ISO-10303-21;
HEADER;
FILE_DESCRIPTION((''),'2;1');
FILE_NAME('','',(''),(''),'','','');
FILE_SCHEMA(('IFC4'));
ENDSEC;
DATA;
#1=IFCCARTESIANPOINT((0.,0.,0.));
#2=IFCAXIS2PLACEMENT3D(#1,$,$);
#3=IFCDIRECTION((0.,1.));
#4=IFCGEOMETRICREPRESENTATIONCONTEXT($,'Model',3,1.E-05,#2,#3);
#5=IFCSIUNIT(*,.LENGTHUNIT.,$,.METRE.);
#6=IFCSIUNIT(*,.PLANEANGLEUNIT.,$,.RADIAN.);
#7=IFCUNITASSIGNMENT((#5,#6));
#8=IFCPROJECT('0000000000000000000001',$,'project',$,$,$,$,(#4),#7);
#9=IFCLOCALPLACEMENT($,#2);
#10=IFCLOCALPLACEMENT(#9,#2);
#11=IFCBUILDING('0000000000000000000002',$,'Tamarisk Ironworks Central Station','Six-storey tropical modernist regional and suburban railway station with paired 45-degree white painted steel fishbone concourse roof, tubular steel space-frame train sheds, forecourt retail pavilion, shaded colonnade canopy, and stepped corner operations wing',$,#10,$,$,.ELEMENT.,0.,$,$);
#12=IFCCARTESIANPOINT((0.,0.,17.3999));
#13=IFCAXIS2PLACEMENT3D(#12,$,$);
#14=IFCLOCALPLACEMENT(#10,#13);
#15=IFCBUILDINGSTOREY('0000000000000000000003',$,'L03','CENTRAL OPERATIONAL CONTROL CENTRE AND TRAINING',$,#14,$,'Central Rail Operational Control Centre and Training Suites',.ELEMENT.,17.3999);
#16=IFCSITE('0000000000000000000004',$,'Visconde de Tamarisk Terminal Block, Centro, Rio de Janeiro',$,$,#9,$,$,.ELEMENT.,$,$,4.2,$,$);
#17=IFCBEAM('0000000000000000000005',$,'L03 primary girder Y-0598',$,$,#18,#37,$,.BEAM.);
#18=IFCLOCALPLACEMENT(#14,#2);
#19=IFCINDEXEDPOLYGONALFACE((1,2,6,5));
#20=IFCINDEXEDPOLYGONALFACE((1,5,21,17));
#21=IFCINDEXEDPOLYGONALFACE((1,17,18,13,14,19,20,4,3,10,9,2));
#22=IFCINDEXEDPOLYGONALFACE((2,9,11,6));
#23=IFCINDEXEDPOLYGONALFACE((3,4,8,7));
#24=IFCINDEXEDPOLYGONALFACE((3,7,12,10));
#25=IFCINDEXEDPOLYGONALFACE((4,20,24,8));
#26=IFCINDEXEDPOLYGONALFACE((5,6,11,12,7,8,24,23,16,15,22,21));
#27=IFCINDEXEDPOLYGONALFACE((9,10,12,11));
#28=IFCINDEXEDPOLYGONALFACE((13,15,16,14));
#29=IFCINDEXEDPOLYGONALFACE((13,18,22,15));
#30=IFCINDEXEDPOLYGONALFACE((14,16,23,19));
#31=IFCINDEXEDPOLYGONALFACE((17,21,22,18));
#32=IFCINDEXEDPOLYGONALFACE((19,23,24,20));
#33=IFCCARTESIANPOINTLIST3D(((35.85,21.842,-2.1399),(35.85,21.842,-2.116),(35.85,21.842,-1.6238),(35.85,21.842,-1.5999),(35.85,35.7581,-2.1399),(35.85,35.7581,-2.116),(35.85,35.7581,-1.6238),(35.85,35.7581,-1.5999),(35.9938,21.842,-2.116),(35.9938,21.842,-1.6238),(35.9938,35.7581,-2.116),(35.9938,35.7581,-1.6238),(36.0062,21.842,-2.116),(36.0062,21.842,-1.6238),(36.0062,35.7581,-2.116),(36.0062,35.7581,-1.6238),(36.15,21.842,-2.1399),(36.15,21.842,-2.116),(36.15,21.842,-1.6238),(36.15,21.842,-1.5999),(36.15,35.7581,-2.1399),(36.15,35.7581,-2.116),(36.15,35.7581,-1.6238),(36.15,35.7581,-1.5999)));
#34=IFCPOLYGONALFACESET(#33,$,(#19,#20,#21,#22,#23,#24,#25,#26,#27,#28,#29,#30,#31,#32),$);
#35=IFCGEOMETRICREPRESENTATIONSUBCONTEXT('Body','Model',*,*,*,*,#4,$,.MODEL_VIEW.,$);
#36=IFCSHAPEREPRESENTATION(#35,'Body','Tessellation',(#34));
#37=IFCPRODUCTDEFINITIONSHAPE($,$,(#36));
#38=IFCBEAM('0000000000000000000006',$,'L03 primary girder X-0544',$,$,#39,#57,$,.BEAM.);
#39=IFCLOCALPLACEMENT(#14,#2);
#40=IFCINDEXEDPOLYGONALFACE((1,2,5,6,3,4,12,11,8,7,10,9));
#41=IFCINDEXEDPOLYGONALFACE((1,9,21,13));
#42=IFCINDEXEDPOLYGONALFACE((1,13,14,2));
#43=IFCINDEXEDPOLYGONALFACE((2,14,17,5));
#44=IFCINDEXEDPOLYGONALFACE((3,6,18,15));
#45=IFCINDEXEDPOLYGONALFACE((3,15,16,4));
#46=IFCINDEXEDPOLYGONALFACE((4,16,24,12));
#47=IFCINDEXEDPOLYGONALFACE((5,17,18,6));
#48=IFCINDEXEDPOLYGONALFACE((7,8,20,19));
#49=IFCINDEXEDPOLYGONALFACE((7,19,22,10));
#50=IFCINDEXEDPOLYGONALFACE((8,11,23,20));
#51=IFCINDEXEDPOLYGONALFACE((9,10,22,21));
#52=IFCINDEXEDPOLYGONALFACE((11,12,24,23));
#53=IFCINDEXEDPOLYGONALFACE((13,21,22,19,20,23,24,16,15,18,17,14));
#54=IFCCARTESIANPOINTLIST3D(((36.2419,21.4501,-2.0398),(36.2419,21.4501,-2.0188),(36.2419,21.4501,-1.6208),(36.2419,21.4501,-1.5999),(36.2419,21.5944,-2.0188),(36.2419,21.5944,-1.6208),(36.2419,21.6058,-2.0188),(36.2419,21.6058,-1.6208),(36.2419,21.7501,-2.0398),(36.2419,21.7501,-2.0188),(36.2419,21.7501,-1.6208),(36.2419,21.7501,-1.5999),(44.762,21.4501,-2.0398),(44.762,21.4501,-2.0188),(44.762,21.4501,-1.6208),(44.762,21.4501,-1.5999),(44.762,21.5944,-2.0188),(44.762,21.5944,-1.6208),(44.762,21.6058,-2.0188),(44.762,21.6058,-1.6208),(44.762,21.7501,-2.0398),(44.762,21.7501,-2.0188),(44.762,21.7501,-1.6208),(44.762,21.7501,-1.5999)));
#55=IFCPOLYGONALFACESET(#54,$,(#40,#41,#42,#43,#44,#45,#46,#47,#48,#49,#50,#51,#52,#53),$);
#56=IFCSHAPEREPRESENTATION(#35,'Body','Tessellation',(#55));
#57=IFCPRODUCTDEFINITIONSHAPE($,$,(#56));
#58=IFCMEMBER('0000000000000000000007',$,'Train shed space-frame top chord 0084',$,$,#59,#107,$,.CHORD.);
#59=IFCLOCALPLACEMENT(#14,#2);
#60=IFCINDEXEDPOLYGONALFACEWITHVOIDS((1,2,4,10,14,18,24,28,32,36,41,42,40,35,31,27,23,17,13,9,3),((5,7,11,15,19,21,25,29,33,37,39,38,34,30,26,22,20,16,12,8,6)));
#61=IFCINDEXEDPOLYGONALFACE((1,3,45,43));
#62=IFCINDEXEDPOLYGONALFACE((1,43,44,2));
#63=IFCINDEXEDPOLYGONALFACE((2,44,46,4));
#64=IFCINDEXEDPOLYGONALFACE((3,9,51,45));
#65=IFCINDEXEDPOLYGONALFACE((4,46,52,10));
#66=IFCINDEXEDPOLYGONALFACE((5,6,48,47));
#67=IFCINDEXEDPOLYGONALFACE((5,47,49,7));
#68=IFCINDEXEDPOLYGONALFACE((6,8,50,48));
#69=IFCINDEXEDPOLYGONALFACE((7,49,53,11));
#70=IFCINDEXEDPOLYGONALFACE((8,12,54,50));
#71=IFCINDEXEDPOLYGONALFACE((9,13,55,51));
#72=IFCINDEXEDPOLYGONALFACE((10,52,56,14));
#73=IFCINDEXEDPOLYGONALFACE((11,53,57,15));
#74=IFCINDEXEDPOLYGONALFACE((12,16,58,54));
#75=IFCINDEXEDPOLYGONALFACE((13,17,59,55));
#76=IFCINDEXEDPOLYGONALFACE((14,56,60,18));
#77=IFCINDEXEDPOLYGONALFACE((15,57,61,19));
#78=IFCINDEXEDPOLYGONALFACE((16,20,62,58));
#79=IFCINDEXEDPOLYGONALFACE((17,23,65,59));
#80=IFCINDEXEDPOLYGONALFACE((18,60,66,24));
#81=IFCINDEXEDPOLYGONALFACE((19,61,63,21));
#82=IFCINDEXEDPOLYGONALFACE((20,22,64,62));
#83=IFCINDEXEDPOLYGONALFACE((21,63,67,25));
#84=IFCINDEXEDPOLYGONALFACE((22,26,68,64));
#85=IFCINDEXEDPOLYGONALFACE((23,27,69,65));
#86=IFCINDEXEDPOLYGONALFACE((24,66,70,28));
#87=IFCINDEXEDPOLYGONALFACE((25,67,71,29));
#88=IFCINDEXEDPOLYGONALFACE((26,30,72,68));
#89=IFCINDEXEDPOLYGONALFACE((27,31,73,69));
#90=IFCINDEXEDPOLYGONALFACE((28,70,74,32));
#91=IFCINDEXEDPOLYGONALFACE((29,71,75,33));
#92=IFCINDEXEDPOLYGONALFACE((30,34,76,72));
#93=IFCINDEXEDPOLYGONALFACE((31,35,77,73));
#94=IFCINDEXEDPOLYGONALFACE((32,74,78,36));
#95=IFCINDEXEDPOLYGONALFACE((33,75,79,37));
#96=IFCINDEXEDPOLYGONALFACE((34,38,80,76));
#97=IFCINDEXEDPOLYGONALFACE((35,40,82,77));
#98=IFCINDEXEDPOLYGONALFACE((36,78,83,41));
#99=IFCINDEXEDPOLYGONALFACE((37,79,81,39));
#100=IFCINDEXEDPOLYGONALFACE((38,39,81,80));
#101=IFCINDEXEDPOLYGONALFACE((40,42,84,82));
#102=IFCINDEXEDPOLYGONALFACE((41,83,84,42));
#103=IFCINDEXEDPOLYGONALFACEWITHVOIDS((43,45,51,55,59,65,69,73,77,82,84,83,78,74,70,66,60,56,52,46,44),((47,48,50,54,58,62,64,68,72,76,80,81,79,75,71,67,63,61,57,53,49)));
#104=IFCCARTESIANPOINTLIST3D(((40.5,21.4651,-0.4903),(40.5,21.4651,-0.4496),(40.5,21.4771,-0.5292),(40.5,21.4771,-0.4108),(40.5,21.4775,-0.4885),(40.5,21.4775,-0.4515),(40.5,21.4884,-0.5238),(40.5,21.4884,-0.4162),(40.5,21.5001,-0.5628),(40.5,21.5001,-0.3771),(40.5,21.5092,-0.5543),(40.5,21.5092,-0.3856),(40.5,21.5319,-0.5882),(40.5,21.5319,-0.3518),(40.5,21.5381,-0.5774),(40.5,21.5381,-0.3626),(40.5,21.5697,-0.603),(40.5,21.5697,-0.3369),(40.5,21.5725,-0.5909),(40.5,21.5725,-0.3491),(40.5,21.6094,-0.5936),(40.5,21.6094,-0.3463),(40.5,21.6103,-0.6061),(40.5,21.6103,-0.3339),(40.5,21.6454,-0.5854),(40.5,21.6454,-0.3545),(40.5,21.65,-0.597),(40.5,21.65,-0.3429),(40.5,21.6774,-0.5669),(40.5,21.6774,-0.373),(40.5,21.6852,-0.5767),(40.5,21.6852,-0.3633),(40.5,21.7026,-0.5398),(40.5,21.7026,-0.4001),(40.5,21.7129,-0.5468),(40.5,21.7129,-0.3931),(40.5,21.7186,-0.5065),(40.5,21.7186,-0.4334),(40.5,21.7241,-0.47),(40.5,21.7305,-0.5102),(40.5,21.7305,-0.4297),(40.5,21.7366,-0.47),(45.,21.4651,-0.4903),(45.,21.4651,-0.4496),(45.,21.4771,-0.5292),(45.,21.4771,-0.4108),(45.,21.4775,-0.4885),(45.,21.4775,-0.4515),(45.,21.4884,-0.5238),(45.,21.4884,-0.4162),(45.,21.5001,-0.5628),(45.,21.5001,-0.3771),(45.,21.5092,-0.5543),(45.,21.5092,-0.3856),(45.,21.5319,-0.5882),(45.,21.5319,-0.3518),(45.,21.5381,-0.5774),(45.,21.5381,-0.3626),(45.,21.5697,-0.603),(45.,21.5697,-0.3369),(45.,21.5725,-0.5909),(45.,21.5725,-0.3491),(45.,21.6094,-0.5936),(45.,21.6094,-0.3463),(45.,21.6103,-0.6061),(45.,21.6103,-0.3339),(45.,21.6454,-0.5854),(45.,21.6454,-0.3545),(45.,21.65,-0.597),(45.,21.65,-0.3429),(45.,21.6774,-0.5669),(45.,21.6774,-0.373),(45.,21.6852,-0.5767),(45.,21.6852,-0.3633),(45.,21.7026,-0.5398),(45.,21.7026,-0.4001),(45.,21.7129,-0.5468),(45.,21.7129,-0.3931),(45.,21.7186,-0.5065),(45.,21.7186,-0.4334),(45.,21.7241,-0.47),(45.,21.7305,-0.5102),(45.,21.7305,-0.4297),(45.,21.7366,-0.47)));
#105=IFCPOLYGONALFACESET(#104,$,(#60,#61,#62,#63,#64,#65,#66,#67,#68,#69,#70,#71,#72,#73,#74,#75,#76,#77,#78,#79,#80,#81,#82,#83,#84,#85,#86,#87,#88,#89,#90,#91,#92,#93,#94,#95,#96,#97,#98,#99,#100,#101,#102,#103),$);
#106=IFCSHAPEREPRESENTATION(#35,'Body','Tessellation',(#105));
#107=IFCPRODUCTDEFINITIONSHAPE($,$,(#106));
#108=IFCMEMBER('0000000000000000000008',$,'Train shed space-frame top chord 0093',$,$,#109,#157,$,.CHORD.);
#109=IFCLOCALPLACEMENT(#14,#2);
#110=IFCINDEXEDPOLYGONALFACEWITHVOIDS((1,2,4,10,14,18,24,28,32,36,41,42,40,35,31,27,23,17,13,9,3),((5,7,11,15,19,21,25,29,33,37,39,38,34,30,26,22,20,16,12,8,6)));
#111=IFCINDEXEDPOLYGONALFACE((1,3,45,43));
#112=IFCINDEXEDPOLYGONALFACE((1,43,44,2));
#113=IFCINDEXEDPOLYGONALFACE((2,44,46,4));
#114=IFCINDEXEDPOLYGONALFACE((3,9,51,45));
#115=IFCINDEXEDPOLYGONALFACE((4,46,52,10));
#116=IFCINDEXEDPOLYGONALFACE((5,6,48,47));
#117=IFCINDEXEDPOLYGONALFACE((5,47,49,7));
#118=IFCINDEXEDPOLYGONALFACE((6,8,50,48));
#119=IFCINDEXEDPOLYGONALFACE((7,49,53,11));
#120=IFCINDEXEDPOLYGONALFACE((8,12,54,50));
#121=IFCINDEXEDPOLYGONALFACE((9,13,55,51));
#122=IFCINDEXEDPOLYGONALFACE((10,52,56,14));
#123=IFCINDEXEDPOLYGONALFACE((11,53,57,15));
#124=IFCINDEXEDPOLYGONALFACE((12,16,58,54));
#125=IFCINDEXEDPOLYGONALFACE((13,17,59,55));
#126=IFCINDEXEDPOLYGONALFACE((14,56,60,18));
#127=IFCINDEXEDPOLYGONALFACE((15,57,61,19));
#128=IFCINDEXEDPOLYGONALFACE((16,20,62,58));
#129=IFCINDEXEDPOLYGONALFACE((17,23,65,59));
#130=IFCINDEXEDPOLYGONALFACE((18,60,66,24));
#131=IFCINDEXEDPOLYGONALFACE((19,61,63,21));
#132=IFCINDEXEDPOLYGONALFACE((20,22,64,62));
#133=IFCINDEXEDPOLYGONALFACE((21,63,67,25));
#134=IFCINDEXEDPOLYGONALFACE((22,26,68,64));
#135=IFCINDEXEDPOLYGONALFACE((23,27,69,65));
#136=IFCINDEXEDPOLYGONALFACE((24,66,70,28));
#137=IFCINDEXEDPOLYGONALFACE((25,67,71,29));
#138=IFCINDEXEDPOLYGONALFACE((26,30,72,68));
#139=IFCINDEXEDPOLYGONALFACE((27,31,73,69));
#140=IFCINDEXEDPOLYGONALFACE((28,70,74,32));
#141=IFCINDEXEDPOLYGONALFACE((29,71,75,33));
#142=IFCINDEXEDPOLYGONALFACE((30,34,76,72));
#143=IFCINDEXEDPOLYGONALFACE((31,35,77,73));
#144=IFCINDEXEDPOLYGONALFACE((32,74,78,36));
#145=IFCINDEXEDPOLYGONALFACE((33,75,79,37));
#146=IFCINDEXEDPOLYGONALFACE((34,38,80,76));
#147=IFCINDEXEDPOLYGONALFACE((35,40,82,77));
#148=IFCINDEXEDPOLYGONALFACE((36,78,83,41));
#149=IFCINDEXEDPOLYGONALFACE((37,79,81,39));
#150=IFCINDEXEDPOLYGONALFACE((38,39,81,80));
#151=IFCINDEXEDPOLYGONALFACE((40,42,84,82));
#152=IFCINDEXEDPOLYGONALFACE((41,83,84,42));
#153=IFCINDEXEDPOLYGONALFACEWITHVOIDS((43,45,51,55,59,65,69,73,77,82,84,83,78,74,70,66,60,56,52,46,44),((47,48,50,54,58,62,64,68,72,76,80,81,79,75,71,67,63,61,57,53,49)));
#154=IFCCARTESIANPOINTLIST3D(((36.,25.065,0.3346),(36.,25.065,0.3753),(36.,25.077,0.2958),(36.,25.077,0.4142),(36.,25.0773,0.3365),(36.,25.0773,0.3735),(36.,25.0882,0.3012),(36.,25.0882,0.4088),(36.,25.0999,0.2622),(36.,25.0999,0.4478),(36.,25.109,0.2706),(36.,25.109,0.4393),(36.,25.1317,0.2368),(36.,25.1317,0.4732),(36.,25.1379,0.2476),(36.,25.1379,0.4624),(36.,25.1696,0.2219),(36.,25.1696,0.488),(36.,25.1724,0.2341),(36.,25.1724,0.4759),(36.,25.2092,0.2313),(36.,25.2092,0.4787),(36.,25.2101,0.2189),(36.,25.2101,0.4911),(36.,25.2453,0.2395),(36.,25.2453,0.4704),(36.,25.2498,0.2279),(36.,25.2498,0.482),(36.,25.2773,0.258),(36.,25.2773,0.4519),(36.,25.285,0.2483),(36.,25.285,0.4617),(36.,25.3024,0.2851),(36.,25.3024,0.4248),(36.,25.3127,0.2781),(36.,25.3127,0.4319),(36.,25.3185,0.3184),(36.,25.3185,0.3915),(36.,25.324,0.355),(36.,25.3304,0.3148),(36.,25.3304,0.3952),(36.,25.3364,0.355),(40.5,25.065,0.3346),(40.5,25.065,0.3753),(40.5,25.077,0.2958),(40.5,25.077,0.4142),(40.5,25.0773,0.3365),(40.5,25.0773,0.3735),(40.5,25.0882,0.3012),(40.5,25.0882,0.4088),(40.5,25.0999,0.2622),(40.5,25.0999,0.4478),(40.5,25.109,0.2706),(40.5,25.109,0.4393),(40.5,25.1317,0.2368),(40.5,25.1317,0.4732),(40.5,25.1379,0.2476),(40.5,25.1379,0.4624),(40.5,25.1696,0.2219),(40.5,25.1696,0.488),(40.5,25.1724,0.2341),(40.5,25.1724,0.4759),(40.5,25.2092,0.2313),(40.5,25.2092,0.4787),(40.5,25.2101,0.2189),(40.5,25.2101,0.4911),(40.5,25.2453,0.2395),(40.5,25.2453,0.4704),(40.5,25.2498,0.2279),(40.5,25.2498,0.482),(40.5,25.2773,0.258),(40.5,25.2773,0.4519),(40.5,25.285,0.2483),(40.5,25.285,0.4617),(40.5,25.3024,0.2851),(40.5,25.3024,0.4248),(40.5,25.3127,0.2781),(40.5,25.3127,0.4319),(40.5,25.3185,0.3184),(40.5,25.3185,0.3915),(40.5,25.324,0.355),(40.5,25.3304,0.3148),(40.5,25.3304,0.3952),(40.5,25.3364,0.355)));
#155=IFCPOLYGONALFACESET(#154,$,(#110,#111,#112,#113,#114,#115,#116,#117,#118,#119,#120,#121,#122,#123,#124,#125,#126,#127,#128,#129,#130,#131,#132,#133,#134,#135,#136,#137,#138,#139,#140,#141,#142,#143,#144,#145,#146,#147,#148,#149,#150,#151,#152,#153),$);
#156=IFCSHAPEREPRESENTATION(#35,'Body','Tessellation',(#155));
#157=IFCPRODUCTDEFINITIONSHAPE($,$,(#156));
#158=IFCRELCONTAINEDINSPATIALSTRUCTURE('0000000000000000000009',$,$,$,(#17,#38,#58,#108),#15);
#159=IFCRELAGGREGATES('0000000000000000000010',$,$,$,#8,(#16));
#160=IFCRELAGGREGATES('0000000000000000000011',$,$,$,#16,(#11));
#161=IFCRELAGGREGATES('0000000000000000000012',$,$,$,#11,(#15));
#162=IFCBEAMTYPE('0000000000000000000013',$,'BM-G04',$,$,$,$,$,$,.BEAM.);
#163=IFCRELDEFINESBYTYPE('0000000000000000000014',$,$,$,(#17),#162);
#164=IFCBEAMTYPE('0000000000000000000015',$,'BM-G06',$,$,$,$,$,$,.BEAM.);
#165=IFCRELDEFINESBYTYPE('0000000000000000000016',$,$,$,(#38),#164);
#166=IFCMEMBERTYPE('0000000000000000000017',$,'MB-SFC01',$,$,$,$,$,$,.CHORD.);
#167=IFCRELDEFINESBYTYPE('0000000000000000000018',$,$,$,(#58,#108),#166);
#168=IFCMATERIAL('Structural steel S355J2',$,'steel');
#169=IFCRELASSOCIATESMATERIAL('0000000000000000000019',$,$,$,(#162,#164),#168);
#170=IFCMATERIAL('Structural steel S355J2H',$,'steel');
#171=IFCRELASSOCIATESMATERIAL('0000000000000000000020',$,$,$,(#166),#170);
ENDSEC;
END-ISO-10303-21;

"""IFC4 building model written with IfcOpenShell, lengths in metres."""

from ifc_helpers import new_model, si_unit, direction, frame, origin, origin_2d, place, context, subcontext, project, spatial, hollow_circle, i_section, extrude, material, material_profile, profile_set, type_object, element, save


model = new_model("IFC4")

# Units and contexts
model_context = context("Model", 3, precision=1e-05, world=origin(), true_north=direction((0.0, 1.0)))
body_context = subcontext(model_context, "Body", "Model", "MODEL_VIEW")
ifc_project = project(units=[si_unit("LENGTHUNIT", "METRE"), si_unit("PLANEANGLEUNIT", "RADIAN")], contexts=[model_context])

# Site, building, storey
site_placement = place(None, origin())
site = spatial("IfcSite", under=ifc_project, at=site_placement, Name="Visconde de Tamarisk Terminal Block, Centro, Rio de Janeiro", CompositionType="ELEMENT", RefElevation=4.2)
building_placement = place(site_placement, origin())
building = spatial("IfcBuilding", under=site, at=building_placement, Name="Tamarisk Ironworks Central Station", Description="Six-storey tropical modernist regional and suburban railway station with paired 45-degree white painted steel fishbone concourse roof, tubular steel space-frame train sheds, forecourt retail pavilion, shaded colonnade canopy, and stepped corner operations wing", CompositionType="ELEMENT", ElevationOfRefHeight=0.0)
storey_placement = place(building_placement, frame((0.0, 0.0, 17.3999)))
storey = spatial("IfcBuildingStorey", under=building, at=storey_placement, Name="L03", Description="CENTRAL OPERATIONAL CONTROL CENTRE AND TRAINING", LongName="Central Rail Operational Control Centre and Training Suites", CompositionType="ELEMENT", Elevation=17.3999)

# Beams
ifc_material_1 = material(Name="Structural steel S355J2", Category="steel")
ifc_material_profile_1 = material_profile(ifc_material_1, i_section(OverallWidth=0.3, OverallDepth=0.54, WebThickness=0.0125, FlangeThickness=0.0239, at=origin_2d()), Name="HEA 550")
ifc_profile_set_1 = profile_set([ifc_material_profile_1], Name="Structural steel S355J2")
beam_type_1 = type_object("IfcBeamType", Name="BM-G04", PredefinedType="BEAM", material=ifc_profile_set_1)
beam_1_placement = place(storey_placement, frame((36.0, 21.842, -1.8699), z_axis=(0.0, 1.0, 0.0), x_axis=(-1.0, 0.0, 0.0)))
element("IfcBeam", 1, at=beam_1_placement, inside=storey, type_object=beam_type_1, Name="L03 primary girder Y-0598", PredefinedType="BEAM", context=body_context, shape_type="SweptSolid", body=[
    extrude(i_section(OverallWidth=0.3, OverallDepth=0.54, WebThickness=0.0125, FlangeThickness=0.0239, at=origin_2d()), origin(), (0.0, 0.0, 1.0), 13.916),
])
ifc_material_profile_2 = material_profile(ifc_material_1, i_section(OverallWidth=0.3, OverallDepth=0.4399, WebThickness=0.0115, FlangeThickness=0.021, at=origin_2d()), Name="HEA 450")
ifc_profile_set_2 = profile_set([ifc_material_profile_2], Name="Structural steel S355J2")
beam_type_2 = type_object("IfcBeamType", Name="BM-G06", PredefinedType="BEAM", material=ifc_profile_set_2)
beam_2_placement = place(storey_placement, frame((36.2419, 21.6001, -1.8198), z_axis=(1.0, 0.0, 0.0), x_axis=(0.0, 1.0, 0.0)))
element("IfcBeam", 2, at=beam_2_placement, inside=storey, type_object=beam_type_2, Name="L03 primary girder X-0544", PredefinedType="BEAM", context=body_context, shape_type="SweptSolid", body=[
    extrude(i_section(OverallWidth=0.3, OverallDepth=0.4399, WebThickness=0.0115, FlangeThickness=0.021, at=origin_2d()), origin(), (0.0, 0.0, 1.0), 8.52),
])

# Members
ifc_material_2 = material(Name="Structural steel S355J2H", Category="steel")
ifc_material_profile_3 = material_profile(ifc_material_2, hollow_circle(Radius=0.1365, WallThickness=0.0125, at=origin_2d()), Name="CHS 273x12.5")
ifc_profile_set_3 = profile_set([ifc_material_profile_3], Name="Structural steel S355J2H")
member_type_1 = type_object("IfcMemberType", Name="MB-SFC01", PredefinedType="CHORD", material=ifc_profile_set_3)
for number, where, z_axis, x_axis, name in (
    (3, (40.5, 21.6001, -0.47), (1.0, 0.0, 0.0), (0.0, 1.0, 0.0), "Train shed space-frame top chord 0084"),
    (4, (36.0, 25.2, 0.355), (1.0, 0.0, 0.0), (0.0, 1.0, 0.0), "Train shed space-frame top chord 0093"),
):
    element("IfcMember", number, at=place(storey_placement, frame(where, z_axis=z_axis, x_axis=x_axis)), inside=storey, type_object=member_type_1, Name=name, PredefinedType="CHORD", context=body_context, shape_type="SweptSolid", body=[
        extrude(hollow_circle(Radius=0.1365, WallThickness=0.0125, at=origin_2d()), origin(), (0.0, 0.0, 1.0), 4.5),
    ])

save(model, "model.ifc")
